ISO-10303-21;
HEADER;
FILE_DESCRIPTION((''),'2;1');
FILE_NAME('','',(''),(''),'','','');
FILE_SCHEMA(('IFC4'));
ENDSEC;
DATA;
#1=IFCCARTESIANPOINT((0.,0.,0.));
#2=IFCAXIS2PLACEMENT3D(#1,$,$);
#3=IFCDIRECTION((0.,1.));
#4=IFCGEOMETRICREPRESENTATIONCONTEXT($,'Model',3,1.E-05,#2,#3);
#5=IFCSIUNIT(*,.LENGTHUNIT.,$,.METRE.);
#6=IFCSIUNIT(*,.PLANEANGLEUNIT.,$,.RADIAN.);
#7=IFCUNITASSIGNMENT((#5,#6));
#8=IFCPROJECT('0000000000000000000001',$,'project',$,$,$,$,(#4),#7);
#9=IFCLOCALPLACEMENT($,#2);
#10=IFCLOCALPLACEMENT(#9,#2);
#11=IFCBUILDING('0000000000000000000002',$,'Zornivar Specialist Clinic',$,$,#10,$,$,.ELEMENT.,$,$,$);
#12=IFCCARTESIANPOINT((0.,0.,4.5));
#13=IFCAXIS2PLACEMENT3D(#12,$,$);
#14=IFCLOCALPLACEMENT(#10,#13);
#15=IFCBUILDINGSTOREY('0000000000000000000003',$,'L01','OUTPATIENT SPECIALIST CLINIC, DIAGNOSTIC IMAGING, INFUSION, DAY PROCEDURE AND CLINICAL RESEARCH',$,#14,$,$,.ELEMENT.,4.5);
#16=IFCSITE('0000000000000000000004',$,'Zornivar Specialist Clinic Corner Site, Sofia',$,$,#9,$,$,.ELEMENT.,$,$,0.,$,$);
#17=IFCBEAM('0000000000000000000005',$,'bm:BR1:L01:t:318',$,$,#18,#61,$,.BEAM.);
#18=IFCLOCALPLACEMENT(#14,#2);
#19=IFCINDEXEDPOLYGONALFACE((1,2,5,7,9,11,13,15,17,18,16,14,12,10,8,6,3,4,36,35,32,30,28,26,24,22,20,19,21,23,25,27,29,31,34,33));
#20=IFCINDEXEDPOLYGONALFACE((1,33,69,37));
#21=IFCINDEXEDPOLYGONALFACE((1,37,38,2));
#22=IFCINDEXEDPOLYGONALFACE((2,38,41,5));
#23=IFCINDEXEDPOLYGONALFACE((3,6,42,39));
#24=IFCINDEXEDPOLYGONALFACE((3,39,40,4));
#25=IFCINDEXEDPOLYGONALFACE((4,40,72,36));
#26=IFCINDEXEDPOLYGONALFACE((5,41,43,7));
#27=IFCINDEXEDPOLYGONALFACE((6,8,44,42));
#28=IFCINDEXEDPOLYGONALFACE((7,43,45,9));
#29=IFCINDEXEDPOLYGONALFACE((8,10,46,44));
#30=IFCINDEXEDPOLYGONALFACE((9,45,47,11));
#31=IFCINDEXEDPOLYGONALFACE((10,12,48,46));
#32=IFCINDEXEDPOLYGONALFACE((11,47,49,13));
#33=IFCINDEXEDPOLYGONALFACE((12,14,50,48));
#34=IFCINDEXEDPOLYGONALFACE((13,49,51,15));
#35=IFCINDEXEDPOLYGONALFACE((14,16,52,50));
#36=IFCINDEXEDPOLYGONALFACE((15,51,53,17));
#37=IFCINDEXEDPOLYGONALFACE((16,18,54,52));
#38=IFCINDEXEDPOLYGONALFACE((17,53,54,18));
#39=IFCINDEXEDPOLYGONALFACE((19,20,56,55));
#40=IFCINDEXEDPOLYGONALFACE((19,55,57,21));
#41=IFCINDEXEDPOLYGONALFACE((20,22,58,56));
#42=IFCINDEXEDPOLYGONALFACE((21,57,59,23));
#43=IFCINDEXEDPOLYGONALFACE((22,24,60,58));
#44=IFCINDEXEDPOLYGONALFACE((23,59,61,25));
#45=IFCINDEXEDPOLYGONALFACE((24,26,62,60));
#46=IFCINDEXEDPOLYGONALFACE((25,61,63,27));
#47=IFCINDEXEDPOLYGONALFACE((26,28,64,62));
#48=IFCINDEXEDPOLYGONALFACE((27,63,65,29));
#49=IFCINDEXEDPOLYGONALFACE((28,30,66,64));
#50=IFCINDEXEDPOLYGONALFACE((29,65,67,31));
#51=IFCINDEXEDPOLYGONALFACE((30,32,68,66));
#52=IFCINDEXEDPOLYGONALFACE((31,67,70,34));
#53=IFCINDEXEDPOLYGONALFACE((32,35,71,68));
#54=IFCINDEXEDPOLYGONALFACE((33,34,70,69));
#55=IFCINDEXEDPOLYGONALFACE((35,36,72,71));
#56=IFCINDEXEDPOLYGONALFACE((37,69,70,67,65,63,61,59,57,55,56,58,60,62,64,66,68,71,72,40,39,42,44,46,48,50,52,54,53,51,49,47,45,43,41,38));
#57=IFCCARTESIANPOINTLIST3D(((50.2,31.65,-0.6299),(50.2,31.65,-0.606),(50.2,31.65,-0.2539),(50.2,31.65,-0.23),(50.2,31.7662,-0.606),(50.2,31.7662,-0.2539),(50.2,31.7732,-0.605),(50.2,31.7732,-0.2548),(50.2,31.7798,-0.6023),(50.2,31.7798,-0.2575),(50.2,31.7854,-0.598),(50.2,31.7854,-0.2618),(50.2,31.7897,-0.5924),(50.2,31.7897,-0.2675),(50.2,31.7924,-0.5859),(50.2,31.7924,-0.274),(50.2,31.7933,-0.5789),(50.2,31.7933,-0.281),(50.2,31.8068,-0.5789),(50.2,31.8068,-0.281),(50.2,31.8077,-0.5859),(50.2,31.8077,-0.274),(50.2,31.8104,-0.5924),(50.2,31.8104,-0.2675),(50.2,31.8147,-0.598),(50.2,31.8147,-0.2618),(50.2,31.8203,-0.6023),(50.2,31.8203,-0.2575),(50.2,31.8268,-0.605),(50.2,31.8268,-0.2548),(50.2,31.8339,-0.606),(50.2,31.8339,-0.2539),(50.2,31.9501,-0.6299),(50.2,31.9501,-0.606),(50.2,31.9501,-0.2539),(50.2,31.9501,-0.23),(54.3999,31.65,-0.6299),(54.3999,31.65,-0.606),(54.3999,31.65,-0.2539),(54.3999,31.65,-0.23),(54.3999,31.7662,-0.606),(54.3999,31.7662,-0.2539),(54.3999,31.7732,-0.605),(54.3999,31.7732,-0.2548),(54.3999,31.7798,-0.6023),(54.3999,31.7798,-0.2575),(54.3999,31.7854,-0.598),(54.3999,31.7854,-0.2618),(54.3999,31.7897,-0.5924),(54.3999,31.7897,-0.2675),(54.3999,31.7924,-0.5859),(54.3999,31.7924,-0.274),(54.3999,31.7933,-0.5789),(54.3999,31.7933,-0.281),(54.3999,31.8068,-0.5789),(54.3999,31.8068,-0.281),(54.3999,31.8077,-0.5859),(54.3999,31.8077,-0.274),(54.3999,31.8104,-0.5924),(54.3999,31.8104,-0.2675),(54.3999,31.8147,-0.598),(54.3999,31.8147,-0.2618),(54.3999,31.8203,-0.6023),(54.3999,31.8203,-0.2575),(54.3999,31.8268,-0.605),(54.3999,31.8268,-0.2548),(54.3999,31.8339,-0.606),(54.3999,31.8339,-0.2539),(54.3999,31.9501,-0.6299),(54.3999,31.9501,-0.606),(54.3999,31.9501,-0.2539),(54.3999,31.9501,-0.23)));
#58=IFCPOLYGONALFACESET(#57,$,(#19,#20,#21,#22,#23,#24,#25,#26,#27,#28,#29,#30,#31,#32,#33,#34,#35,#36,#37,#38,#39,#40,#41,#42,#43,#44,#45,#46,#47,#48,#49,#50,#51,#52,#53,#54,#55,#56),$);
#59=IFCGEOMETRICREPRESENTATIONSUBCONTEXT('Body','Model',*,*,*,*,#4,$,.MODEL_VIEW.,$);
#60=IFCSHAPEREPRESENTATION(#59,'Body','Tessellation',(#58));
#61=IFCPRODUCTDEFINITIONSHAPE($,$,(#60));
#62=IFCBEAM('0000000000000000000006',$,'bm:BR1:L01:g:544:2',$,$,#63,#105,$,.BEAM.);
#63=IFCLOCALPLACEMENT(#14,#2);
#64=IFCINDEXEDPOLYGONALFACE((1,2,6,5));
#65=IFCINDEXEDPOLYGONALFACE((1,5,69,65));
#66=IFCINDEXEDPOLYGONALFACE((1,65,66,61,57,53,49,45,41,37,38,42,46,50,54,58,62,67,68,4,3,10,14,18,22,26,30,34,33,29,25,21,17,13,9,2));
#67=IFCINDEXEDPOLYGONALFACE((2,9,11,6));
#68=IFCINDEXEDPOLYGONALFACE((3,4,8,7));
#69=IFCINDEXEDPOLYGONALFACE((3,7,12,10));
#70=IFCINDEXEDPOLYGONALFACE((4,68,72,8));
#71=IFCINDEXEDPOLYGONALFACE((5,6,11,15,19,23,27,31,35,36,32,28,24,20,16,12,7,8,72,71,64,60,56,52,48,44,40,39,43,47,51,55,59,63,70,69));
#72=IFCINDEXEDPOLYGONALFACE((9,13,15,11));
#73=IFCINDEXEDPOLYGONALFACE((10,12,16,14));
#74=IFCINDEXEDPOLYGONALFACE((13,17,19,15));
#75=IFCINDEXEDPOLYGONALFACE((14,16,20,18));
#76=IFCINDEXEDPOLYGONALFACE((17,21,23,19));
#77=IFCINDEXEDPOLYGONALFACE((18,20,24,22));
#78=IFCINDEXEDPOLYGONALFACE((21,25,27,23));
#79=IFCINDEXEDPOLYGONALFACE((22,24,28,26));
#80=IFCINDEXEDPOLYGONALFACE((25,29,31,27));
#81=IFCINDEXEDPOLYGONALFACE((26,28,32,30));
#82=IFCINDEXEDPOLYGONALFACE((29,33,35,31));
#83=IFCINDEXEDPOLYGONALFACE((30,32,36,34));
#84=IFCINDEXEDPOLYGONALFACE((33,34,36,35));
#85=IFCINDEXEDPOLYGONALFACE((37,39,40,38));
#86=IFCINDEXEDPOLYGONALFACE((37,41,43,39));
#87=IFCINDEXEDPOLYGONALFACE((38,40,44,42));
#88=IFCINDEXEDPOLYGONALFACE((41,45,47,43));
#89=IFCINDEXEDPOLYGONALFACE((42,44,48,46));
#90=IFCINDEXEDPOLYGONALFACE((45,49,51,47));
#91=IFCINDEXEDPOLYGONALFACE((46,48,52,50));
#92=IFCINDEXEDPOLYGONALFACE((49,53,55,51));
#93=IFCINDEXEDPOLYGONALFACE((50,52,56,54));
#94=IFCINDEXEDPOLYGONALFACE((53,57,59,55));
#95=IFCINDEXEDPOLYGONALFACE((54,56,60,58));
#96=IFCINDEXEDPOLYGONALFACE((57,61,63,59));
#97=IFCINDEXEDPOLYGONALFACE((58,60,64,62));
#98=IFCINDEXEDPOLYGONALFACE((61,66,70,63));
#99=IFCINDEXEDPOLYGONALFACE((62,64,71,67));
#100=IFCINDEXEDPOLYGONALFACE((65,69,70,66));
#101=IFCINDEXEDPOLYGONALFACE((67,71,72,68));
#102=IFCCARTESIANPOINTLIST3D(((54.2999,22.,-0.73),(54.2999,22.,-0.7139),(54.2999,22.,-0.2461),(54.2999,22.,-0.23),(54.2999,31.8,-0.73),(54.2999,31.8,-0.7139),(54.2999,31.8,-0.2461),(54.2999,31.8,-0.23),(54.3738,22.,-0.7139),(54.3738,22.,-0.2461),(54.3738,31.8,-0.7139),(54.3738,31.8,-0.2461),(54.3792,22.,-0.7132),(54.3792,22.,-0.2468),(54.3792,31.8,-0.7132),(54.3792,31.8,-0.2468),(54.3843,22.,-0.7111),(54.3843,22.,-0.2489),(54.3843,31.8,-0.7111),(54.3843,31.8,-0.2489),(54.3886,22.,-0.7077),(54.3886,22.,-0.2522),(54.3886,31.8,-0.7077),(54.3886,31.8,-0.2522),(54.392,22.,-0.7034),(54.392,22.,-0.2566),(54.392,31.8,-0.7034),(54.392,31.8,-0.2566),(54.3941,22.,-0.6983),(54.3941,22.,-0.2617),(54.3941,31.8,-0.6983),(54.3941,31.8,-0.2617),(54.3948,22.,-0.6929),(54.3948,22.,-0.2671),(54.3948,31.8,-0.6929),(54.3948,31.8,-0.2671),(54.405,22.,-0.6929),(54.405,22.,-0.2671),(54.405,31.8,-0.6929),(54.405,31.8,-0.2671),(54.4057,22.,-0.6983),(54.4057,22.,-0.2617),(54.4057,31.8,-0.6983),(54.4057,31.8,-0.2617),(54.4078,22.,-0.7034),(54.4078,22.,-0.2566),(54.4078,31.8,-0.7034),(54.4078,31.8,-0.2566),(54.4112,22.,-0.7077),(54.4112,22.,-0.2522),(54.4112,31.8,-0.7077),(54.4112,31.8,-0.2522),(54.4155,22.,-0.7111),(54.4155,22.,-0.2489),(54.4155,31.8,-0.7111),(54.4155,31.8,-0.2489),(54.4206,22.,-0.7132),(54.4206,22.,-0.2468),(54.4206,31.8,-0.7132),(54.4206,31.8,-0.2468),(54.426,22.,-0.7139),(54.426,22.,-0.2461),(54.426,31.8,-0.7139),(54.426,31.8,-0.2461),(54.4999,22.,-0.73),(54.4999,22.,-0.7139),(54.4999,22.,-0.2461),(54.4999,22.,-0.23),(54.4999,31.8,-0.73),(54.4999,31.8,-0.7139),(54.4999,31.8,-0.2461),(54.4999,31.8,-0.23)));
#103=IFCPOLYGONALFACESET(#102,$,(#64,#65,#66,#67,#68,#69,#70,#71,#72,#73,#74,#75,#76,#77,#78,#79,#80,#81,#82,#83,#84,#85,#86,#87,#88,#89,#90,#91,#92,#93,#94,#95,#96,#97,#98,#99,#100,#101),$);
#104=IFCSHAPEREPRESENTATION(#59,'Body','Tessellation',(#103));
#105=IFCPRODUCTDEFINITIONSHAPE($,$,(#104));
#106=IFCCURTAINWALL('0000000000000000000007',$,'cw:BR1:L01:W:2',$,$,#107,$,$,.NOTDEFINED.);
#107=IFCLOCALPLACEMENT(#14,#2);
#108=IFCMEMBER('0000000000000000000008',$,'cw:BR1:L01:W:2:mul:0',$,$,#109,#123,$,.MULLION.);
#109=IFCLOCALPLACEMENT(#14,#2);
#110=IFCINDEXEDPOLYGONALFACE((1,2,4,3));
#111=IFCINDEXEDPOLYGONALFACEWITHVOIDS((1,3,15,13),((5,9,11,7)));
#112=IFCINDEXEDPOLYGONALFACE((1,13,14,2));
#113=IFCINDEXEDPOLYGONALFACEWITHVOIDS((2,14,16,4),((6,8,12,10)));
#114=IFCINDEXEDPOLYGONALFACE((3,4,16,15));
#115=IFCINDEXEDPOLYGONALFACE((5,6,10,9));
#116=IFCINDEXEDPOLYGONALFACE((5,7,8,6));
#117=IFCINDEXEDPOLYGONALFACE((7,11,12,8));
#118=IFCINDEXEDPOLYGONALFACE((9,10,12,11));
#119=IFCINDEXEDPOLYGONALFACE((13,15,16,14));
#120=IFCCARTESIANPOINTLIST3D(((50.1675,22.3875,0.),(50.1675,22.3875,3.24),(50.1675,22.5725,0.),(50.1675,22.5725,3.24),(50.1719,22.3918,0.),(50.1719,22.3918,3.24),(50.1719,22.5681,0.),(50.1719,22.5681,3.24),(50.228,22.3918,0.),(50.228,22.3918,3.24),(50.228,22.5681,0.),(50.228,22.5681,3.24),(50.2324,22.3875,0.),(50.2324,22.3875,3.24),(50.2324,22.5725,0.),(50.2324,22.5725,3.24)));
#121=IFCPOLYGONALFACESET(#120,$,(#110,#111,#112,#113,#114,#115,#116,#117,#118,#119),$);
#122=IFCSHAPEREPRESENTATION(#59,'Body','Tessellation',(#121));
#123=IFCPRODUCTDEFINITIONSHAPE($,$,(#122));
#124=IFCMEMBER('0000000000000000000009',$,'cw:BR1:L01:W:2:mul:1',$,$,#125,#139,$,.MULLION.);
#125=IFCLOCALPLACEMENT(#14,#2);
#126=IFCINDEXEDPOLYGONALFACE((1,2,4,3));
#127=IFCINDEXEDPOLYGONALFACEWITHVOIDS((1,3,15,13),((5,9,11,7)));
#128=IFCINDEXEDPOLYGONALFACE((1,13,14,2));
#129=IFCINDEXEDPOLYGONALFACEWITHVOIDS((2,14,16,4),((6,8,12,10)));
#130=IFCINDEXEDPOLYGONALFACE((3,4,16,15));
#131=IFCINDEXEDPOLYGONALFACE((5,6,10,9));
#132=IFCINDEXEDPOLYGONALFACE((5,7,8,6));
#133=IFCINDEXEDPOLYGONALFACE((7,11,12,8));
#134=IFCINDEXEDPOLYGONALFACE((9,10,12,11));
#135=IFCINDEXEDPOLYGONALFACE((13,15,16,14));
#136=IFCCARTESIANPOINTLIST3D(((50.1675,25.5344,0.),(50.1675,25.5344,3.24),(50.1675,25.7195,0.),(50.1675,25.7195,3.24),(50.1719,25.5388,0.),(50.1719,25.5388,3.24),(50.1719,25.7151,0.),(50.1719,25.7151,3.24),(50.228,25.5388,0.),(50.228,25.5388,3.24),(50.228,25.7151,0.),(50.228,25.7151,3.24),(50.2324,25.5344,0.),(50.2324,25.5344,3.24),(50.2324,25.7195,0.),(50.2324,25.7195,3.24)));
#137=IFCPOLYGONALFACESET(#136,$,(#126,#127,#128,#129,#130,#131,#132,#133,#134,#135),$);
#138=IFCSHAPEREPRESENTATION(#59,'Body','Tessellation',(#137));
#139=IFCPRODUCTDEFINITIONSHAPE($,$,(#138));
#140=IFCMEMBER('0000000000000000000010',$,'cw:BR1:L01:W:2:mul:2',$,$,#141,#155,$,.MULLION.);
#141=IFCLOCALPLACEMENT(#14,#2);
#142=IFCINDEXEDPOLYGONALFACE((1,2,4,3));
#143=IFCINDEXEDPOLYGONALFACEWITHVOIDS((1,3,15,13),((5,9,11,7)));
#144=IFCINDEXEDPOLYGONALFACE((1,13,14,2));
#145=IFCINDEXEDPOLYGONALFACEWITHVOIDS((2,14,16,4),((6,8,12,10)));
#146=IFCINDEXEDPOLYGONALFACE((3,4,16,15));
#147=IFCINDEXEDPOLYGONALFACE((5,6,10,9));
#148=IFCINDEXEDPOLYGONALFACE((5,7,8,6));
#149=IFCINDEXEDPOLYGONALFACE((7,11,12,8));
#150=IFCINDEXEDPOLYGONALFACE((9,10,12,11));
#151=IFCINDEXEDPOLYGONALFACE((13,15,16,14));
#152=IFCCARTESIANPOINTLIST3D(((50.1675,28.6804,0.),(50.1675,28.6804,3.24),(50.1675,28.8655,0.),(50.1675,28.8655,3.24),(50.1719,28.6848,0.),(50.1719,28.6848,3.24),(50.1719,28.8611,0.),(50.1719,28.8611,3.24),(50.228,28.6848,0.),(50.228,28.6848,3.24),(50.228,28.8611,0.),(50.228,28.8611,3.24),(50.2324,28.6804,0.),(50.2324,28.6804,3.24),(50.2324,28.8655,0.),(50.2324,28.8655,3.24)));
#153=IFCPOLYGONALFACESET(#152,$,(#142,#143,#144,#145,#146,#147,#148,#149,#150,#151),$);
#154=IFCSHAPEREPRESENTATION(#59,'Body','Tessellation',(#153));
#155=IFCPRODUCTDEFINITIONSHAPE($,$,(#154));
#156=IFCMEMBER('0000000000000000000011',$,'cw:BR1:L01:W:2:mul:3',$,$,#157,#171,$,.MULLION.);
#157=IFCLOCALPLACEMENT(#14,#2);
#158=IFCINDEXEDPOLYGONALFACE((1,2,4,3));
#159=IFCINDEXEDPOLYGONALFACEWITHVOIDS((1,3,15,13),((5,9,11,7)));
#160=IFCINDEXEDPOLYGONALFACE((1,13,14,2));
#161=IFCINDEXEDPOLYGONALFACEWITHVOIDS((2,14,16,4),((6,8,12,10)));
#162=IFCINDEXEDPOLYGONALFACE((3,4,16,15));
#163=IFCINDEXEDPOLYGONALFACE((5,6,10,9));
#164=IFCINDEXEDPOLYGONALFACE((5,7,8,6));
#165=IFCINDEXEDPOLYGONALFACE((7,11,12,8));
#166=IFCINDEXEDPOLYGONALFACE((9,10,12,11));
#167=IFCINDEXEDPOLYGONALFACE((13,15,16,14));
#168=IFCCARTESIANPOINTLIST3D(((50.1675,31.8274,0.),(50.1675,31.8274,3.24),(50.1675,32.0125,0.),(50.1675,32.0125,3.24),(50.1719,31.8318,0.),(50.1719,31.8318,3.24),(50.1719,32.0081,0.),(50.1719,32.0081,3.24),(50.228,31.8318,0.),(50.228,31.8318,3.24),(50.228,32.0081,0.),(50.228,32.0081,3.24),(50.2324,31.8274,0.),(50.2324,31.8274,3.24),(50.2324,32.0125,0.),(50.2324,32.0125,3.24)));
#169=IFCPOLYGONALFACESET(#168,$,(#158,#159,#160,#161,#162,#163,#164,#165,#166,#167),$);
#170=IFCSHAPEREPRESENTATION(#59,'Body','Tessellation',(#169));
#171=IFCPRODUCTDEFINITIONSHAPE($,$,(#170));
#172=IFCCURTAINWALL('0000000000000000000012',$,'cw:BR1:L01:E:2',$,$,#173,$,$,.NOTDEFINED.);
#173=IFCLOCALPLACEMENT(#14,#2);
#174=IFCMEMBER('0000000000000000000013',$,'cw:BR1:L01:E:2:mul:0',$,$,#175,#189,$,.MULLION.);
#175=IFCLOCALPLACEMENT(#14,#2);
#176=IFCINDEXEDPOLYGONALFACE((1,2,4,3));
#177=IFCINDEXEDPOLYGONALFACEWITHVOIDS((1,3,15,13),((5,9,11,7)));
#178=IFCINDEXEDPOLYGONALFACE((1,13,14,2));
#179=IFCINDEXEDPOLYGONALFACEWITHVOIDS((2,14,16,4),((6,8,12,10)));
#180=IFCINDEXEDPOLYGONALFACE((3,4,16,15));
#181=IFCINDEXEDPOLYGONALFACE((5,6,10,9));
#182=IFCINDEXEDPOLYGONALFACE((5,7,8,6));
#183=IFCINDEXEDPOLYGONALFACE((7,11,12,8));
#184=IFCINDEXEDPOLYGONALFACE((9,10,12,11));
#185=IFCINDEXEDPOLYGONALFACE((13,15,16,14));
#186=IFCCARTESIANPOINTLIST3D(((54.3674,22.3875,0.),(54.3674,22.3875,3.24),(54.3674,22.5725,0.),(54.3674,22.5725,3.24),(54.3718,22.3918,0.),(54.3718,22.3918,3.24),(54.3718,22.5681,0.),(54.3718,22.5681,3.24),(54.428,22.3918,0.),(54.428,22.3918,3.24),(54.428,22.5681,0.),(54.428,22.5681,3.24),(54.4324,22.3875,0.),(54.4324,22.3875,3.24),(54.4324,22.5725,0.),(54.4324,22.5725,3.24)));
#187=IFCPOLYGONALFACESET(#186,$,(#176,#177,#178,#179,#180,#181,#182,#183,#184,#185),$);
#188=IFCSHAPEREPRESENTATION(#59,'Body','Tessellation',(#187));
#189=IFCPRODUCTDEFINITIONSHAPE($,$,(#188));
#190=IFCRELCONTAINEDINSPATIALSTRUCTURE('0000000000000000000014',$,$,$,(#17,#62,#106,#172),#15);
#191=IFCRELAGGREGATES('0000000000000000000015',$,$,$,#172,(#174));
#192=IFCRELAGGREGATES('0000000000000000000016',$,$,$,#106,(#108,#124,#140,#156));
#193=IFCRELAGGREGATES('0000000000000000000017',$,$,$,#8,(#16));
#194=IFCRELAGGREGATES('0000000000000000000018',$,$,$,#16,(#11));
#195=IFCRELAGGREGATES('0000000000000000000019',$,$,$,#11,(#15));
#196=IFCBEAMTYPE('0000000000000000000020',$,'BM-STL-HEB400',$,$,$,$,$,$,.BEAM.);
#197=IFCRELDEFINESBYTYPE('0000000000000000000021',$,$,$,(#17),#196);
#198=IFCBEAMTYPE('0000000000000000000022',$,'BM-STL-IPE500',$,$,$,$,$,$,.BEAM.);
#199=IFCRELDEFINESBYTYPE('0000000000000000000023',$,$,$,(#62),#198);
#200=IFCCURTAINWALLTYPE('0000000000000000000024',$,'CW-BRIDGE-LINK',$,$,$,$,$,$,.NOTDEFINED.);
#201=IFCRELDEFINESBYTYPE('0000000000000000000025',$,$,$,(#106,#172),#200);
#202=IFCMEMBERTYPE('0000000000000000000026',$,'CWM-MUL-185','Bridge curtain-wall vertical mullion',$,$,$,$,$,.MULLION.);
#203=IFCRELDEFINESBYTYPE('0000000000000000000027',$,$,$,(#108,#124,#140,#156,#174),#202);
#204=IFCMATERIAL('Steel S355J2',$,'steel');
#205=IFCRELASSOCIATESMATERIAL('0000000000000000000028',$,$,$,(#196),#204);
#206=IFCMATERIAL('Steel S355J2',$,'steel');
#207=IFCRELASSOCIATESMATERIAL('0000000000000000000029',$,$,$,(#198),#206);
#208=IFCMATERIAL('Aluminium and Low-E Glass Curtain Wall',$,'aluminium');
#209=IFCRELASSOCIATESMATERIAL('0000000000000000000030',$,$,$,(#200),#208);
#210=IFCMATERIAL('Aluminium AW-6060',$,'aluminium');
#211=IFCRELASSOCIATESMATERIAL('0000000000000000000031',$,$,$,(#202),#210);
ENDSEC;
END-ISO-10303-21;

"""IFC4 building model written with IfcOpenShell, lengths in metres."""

from ifc_helpers import new_model, si_unit, direction, frame, origin, origin_2d, place, context, subcontext, project, spatial, hollow_rectangle, i_section, extrude, material, material_profile, profile_set, type_object, element, aggregate, save


model = new_model("IFC4")

# Units and contexts
model_context = context("Model", 3, precision=1e-05, world=origin(), true_north=direction((0.0, 1.0)))
body_context = subcontext(model_context, "Body", "Model", "MODEL_VIEW")
ifc_project = project(units=[si_unit("LENGTHUNIT", "METRE"), si_unit("PLANEANGLEUNIT", "RADIAN")], contexts=[model_context])

# Site, building, storey
site_placement = place(None, origin())
site = spatial("IfcSite", under=ifc_project, at=site_placement, Name="Zornivar Specialist Clinic Corner Site, Sofia", CompositionType="ELEMENT", RefElevation=0.0)
building_placement = place(site_placement, origin())
building = spatial("IfcBuilding", under=site, at=building_placement, Name="Zornivar Specialist Clinic", CompositionType="ELEMENT")
storey_placement = place(building_placement, frame((0.0, 0.0, 4.5)))
storey = spatial("IfcBuildingStorey", under=building, at=storey_placement, Name="L01", Description="OUTPATIENT SPECIALIST CLINIC, DIAGNOSTIC IMAGING, INFUSION, DAY PROCEDURE AND CLINICAL RESEARCH", CompositionType="ELEMENT", Elevation=4.5)

# Beams
ifc_material_1 = material(Name="Steel S355J2", Category="steel")
ifc_material_profile_1 = material_profile(ifc_material_1, i_section(OverallWidth=0.3, OverallDepth=0.3999, WebThickness=0.0134, FlangeThickness=0.0239, FilletRadius=0.0271, at=origin_2d()), Name="HEB 400")
ifc_profile_set_1 = profile_set([ifc_material_profile_1], Name="Steel S355J2")
beam_type_1 = type_object("IfcBeamType", Name="BM-STL-HEB400", PredefinedType="BEAM", material=ifc_profile_set_1)
for number, where, z_axis, x_axis, name in (
    (1, (50.2, 31.8, -0.4299), (1.0, 0.0, 0.0), (0.0, 1.0, 0.0), "bm:BR1:L01:t:318"),
):
    element("IfcBeam", number, at=place(storey_placement, frame(where, z_axis=z_axis, x_axis=x_axis)), inside=storey, type_object=beam_type_1, Name=name, PredefinedType="BEAM", context=body_context, shape_type="SweptSolid", body=[
        extrude(i_section(OverallWidth=0.3, OverallDepth=0.3999, WebThickness=0.0134, FlangeThickness=0.0239, FilletRadius=0.0271, at=origin_2d()), origin(), (0.0, 0.0, 1.0), 4.2),
    ])
ifc_material_2 = material(Name="Steel S355J2", Category="steel")
ifc_material_profile_2 = material_profile(ifc_material_2, i_section(OverallWidth=0.2, OverallDepth=0.5, WebThickness=0.0103, FlangeThickness=0.0161, FilletRadius=0.021, at=origin_2d()), Name="IPE 500")
ifc_profile_set_2 = profile_set([ifc_material_profile_2], Name="Steel S355J2")
beam_type_2 = type_object("IfcBeamType", Name="BM-STL-IPE500", PredefinedType="BEAM", material=ifc_profile_set_2)
beam_1_placement = place(storey_placement, frame((54.3999, 22.0, -0.48), z_axis=(0.0, 1.0, 0.0), x_axis=(-1.0, 0.0, 0.0)))
element("IfcBeam", 2, at=beam_1_placement, inside=storey, type_object=beam_type_2, Name="bm:BR1:L01:g:544:2", PredefinedType="BEAM", context=body_context, shape_type="SweptSolid", body=[
    extrude(i_section(OverallWidth=0.2, OverallDepth=0.5, WebThickness=0.0103, FlangeThickness=0.0161, FilletRadius=0.021, at=origin_2d()), origin(), (0.0, 0.0, 1.0), 9.8),
])

# Curtain wall, members
ifc_material_3 = material(Name="Aluminium and Low-E Glass Curtain Wall", Category="aluminium")
curtain_wall_type = type_object("IfcCurtainWallType", Name="CW-BRIDGE-LINK", PredefinedType="NOTDEFINED", material=ifc_material_3)
curtain_wall_1_placement = place(storey_placement, origin())
curtain_wall_1 = element("IfcCurtainWall", 3, at=curtain_wall_1_placement, inside=storey, type_object=curtain_wall_type, Name="cw:BR1:L01:W:2", PredefinedType="NOTDEFINED")
ifc_material_4 = material(Name="Aluminium AW-6060", Category="aluminium")
ifc_material_profile_3 = material_profile(ifc_material_4, hollow_rectangle(XDim=0.0649, YDim=0.1851, WallThickness=0.0044, at=origin_2d()), Name="ALU 65x185x4.5")
ifc_profile_set_3 = profile_set([ifc_material_profile_3], Name="Aluminium AW-6060")
member_type_1 = type_object("IfcMemberType", Name="CWM-MUL-185", Description="Bridge curtain-wall vertical mullion", PredefinedType="MULLION", material=ifc_profile_set_3)
member_1_placement = place(storey_placement, frame((50.2, 22.48, 0.0), z_axis=(0.0, 0.0, 1.0), x_axis=(1.0, 0.0, 0.0)))
member_1 = element("IfcMember", 4, at=member_1_placement, type_object=member_type_1, Name="cw:BR1:L01:W:2:mul:0", PredefinedType="MULLION", context=body_context, shape_type="SweptSolid", body=[
    extrude(hollow_rectangle(XDim=0.0649, YDim=0.1851, WallThickness=0.0044, at=origin_2d()), origin(), (0.0, 0.0, 1.0), 3.24),
])
member_2_placement = place(storey_placement, frame((50.2, 25.627, 0.0), z_axis=(0.0, 0.0, 1.0), x_axis=(1.0, 0.0, 0.0)))
member_2 = element("IfcMember", 5, at=member_2_placement, type_object=member_type_1, Name="cw:BR1:L01:W:2:mul:1", PredefinedType="MULLION", context=body_context, shape_type="SweptSolid", body=[
    extrude(hollow_rectangle(XDim=0.0649, YDim=0.1851, WallThickness=0.0044, at=origin_2d()), origin(), (0.0, 0.0, 1.0), 3.24),
])
member_3_placement = place(storey_placement, frame((50.2, 28.7729, 0.0), z_axis=(0.0, 0.0, 1.0), x_axis=(1.0, 0.0, 0.0)))
member_3 = element("IfcMember", 6, at=member_3_placement, type_object=member_type_1, Name="cw:BR1:L01:W:2:mul:2", PredefinedType="MULLION", context=body_context, shape_type="SweptSolid", body=[
    extrude(hollow_rectangle(XDim=0.0649, YDim=0.1851, WallThickness=0.0044, at=origin_2d()), origin(), (0.0, 0.0, 1.0), 3.24),
])
member_4_placement = place(storey_placement, frame((50.2, 31.9199, 0.0), z_axis=(0.0, 0.0, 1.0), x_axis=(1.0, 0.0, 0.0)))
member_4 = element("IfcMember", 7, at=member_4_placement, type_object=member_type_1, Name="cw:BR1:L01:W:2:mul:3", PredefinedType="MULLION", context=body_context, shape_type="SweptSolid", body=[
    extrude(hollow_rectangle(XDim=0.0649, YDim=0.1851, WallThickness=0.0044, at=origin_2d()), origin(), (0.0, 0.0, 1.0), 3.24),
])

# Curtain wall, member
curtain_wall_2_placement = place(storey_placement, origin())
curtain_wall_2 = element("IfcCurtainWall", 8, at=curtain_wall_2_placement, inside=storey, type_object=curtain_wall_type, Name="cw:BR1:L01:E:2", PredefinedType="NOTDEFINED")
member_5_placement = place(storey_placement, frame((54.3999, 22.48, 0.0), z_axis=(0.0, 0.0, 1.0), x_axis=(1.0, 0.0, 0.0)))
member_5 = element("IfcMember", 9, at=member_5_placement, type_object=member_type_1, Name="cw:BR1:L01:E:2:mul:0", PredefinedType="MULLION", context=body_context, shape_type="SweptSolid", body=[
    extrude(hollow_rectangle(XDim=0.0649, YDim=0.1851, WallThickness=0.0044, at=origin_2d()), origin(), (0.0, 0.0, 1.0), 3.24),
])

aggregate(curtain_wall_2, [member_5])

aggregate(curtain_wall_1, [member_1, member_2, member_3, member_4])

save(model, "model.ifc")
